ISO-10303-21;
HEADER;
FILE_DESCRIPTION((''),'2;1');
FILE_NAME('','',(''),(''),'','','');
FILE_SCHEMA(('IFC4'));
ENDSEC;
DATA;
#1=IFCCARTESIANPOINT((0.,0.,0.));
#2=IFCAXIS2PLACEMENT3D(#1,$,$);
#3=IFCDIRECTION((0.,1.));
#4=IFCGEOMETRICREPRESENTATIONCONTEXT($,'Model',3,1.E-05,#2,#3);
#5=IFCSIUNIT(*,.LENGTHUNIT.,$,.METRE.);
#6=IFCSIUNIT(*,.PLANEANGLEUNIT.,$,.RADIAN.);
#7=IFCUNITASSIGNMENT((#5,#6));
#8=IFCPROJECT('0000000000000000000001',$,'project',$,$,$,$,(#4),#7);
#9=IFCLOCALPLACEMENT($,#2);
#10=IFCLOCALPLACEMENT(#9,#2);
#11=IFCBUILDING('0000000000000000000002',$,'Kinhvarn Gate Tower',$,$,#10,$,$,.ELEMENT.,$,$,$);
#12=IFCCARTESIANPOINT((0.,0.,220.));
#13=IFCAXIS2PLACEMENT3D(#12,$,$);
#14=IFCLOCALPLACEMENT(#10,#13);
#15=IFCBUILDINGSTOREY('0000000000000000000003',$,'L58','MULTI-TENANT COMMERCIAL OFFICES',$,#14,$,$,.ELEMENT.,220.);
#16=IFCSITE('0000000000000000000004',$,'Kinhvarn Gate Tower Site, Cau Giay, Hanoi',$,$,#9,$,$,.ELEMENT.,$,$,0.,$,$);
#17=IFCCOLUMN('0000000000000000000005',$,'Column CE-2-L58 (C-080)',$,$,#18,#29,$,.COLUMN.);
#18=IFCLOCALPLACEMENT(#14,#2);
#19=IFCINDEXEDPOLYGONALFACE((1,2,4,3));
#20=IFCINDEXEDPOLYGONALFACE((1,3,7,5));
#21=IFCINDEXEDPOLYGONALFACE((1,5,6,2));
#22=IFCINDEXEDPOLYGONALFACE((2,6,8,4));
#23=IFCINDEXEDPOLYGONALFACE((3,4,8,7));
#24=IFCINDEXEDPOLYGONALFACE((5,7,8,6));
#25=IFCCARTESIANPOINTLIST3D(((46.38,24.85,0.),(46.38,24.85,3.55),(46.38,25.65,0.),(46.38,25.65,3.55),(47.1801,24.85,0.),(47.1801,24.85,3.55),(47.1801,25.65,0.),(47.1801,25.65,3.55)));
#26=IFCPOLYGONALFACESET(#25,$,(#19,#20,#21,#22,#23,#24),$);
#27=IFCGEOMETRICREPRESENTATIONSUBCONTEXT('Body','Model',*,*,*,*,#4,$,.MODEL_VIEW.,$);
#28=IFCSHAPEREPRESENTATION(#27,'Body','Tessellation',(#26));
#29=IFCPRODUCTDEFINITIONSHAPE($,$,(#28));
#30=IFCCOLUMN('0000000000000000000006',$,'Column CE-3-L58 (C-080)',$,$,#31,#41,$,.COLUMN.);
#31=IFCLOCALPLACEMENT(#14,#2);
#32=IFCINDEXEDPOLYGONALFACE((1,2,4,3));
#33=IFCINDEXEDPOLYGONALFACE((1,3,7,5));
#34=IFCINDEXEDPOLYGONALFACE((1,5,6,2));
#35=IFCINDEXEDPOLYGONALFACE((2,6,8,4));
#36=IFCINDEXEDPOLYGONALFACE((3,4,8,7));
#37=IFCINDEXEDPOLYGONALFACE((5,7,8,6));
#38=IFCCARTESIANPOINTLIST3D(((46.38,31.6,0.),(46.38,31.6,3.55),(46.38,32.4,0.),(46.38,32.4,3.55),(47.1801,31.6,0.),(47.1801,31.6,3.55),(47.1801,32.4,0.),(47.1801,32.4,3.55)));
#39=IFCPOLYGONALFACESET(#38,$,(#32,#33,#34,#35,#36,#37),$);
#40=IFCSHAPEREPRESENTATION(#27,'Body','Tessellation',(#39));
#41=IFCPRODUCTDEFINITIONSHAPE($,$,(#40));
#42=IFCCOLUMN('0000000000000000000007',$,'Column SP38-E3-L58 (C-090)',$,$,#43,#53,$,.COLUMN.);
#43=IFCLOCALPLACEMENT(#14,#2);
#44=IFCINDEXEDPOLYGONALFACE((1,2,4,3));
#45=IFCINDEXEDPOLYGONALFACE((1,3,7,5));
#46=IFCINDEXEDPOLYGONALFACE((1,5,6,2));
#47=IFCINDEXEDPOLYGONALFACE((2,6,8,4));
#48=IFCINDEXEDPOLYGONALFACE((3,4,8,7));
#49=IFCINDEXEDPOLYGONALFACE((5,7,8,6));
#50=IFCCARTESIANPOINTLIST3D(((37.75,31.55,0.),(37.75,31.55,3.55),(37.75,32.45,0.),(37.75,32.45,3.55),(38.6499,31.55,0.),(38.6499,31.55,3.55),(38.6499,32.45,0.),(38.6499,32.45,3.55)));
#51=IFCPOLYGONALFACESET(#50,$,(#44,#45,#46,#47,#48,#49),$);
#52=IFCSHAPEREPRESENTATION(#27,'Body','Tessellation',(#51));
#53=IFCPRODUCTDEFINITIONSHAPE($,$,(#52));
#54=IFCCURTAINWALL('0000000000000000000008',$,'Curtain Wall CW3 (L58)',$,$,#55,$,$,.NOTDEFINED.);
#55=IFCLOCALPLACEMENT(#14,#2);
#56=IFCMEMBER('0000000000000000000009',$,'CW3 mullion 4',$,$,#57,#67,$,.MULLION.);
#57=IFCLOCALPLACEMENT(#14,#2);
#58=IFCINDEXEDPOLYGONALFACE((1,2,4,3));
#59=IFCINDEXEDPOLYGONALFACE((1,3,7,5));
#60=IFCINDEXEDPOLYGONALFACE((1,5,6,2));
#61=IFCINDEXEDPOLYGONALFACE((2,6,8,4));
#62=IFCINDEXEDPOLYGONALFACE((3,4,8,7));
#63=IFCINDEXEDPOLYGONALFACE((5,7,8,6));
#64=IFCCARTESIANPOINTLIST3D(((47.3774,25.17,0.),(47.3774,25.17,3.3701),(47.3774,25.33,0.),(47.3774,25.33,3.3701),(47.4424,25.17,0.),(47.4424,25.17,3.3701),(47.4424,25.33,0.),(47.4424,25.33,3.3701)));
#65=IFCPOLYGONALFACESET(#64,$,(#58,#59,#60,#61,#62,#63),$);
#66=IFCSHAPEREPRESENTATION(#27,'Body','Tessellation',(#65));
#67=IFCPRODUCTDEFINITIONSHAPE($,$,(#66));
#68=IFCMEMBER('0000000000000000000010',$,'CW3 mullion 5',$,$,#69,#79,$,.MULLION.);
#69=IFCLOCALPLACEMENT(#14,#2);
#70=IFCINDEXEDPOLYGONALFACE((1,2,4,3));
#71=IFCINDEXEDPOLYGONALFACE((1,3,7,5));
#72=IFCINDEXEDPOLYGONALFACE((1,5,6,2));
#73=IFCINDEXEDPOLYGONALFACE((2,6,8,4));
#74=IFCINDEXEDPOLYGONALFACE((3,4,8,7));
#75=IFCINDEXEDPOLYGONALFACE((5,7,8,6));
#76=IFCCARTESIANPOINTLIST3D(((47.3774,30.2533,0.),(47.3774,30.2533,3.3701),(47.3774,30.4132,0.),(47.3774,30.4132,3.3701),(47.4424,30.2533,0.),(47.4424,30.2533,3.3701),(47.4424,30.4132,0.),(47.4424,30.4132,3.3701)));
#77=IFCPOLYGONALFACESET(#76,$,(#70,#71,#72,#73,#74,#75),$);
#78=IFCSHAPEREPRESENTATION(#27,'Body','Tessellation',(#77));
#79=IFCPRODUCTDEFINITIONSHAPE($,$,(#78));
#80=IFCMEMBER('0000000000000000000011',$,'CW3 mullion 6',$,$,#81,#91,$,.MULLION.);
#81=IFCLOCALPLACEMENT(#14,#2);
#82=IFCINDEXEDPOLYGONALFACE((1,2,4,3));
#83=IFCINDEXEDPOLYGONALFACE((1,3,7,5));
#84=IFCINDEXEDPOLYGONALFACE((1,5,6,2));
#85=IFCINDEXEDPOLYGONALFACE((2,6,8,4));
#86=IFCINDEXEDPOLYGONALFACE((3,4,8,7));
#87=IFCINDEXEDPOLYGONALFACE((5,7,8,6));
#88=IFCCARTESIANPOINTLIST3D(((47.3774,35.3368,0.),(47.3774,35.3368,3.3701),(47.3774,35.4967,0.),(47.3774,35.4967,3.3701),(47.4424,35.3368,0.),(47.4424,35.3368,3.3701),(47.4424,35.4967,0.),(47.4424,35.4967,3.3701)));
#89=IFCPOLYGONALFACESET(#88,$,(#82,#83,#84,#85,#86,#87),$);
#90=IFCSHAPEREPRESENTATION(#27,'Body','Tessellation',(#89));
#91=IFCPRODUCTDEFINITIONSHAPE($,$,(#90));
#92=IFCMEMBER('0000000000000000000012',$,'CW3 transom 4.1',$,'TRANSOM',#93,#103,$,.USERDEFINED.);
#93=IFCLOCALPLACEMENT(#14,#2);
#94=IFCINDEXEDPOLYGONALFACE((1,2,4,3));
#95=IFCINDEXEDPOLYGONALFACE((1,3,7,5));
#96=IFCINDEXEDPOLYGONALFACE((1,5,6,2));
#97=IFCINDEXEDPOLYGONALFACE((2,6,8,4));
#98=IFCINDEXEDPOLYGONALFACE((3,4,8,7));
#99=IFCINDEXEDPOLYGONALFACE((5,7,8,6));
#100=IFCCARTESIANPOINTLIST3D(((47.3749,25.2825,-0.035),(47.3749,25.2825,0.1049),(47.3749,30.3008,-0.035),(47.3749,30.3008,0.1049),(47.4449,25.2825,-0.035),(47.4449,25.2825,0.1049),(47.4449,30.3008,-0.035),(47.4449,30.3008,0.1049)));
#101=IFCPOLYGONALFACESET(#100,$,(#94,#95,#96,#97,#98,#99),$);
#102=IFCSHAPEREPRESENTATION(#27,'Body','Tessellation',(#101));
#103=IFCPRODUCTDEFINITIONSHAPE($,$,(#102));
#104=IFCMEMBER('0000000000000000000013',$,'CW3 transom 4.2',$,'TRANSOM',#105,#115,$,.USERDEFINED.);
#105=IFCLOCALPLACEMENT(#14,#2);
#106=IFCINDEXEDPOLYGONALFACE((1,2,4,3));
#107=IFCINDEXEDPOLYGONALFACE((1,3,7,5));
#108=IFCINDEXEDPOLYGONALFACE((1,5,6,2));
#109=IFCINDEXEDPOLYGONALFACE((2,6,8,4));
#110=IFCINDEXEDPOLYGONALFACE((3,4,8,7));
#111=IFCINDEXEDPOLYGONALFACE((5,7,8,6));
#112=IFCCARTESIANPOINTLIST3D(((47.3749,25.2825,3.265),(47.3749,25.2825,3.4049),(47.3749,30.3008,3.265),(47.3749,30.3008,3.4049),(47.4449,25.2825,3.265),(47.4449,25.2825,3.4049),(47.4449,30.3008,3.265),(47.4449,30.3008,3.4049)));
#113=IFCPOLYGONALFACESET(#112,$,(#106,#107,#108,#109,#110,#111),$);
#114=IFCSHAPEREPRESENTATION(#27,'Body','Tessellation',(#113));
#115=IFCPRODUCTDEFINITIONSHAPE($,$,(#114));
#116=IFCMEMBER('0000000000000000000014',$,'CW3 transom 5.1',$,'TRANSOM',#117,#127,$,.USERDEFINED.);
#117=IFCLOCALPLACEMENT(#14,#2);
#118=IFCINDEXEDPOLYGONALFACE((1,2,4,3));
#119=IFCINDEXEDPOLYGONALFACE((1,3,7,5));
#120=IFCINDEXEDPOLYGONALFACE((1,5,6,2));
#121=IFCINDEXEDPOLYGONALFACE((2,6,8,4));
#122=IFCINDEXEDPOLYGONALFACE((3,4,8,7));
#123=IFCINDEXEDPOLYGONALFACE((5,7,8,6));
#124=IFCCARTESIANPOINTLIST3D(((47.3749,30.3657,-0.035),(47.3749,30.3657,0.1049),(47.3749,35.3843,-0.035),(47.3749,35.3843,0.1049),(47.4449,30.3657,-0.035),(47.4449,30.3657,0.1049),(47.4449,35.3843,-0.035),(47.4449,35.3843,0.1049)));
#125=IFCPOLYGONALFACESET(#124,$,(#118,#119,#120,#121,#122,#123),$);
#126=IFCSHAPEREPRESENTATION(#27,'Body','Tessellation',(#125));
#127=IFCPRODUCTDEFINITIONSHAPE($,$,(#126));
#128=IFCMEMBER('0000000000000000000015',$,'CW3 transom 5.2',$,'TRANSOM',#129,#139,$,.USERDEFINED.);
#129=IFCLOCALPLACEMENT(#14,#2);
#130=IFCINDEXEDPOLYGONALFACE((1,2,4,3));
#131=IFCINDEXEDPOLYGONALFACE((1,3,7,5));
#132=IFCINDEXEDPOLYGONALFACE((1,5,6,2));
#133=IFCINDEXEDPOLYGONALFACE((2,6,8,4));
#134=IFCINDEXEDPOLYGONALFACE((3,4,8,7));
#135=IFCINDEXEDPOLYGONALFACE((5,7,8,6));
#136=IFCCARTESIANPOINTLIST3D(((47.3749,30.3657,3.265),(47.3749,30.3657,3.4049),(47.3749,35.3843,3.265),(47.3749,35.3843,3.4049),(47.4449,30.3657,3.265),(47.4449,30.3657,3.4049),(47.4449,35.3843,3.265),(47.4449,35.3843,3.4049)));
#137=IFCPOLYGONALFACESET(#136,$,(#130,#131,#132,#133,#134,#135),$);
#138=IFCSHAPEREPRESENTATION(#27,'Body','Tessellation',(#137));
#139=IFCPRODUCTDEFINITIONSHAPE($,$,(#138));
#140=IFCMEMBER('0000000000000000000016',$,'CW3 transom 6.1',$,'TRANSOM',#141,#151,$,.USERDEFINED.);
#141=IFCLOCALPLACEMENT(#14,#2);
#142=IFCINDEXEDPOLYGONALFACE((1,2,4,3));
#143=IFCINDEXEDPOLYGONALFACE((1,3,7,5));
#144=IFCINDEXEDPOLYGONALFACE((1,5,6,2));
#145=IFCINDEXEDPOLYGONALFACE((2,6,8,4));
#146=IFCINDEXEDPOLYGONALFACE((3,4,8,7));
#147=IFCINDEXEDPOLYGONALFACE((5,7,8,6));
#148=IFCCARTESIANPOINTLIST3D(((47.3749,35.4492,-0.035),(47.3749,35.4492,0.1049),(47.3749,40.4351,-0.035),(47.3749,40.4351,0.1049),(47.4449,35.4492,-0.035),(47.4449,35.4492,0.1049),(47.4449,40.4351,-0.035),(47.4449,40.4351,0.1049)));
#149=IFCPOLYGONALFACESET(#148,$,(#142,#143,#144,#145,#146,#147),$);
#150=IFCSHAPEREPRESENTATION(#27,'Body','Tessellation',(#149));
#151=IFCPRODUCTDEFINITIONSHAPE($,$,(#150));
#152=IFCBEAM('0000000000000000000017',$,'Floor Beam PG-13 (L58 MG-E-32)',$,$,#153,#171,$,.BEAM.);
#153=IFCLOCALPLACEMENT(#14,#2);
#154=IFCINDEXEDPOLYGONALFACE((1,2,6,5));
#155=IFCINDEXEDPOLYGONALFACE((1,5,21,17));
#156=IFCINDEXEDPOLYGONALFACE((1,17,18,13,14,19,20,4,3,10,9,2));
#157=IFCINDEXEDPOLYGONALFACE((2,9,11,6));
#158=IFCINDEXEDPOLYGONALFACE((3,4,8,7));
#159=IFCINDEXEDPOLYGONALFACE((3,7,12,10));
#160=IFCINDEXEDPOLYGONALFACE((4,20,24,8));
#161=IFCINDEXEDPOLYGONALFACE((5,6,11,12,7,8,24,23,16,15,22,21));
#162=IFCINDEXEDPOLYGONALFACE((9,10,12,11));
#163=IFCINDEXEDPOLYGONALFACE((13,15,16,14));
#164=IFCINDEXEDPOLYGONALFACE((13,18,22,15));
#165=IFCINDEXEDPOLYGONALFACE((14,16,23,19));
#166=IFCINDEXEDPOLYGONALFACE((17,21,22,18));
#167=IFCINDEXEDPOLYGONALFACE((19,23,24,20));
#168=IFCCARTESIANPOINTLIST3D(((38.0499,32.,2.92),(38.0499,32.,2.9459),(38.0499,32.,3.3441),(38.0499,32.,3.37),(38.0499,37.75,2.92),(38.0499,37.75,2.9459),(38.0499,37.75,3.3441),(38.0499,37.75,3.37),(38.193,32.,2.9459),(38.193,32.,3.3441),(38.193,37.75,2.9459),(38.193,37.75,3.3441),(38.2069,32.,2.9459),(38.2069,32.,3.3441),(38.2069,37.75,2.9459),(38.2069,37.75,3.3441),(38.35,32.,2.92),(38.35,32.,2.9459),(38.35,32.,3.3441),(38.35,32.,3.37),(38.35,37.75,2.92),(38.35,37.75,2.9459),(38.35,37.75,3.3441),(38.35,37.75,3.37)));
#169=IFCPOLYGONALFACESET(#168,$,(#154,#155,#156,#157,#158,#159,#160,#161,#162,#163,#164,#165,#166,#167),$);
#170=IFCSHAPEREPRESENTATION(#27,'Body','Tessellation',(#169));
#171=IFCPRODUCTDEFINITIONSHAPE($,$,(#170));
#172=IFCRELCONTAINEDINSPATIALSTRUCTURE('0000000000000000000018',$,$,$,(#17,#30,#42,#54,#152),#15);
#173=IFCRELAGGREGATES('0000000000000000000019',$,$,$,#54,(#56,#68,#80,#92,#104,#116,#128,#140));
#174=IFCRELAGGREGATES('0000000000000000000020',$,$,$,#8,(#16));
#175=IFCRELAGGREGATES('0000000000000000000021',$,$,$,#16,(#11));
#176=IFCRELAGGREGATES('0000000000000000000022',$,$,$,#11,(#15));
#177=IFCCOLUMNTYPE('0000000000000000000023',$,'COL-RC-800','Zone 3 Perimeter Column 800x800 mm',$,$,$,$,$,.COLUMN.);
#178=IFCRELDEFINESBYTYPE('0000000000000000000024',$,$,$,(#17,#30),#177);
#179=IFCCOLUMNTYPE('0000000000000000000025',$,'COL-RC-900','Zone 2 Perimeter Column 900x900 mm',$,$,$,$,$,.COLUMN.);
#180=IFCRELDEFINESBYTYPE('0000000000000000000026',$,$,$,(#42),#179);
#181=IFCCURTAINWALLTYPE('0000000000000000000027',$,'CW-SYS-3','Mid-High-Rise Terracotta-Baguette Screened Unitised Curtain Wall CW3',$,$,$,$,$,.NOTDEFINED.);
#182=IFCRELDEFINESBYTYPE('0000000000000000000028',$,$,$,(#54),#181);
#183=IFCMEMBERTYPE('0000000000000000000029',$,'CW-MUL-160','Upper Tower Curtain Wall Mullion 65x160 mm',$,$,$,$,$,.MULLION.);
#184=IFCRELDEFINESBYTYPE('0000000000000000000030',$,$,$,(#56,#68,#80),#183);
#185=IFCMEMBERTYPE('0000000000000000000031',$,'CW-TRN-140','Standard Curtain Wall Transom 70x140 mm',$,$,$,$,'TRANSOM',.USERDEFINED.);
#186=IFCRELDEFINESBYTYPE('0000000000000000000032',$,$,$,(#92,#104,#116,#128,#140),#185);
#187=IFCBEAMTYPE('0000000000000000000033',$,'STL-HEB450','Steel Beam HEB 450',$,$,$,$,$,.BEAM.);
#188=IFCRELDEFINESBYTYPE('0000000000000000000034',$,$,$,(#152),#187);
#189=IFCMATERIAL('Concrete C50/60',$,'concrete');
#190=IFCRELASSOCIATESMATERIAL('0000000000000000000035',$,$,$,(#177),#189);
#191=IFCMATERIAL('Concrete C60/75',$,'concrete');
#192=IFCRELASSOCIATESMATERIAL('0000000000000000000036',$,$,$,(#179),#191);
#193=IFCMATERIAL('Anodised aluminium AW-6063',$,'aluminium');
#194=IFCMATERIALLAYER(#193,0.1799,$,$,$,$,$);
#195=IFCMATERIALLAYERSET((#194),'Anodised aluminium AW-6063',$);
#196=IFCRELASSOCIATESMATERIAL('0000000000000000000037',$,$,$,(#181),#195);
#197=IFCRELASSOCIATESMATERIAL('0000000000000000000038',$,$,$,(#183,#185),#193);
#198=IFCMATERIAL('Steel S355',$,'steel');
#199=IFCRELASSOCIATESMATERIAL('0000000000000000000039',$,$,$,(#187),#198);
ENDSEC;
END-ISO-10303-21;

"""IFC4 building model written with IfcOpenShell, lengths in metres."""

from ifc_helpers import new_model, si_unit, direction, frame, origin, origin_2d, place, context, subcontext, project, spatial, rectangle, i_section, extrude, material, layer, layer_set, material_profile, profile_set, type_object, element, aggregate, save


model = new_model("IFC4")

# Units and contexts
model_context = context("Model", 3, precision=1e-05, world=origin(), true_north=direction((0.0, 1.0)))
body_context = subcontext(model_context, "Body", "Model", "MODEL_VIEW")
ifc_project = project(units=[si_unit("LENGTHUNIT", "METRE"), si_unit("PLANEANGLEUNIT", "RADIAN")], contexts=[model_context])

# Site, building, storey
site_placement = place(None, origin())
site = spatial("IfcSite", under=ifc_project, at=site_placement, Name="Kinhvarn Gate Tower Site, Cau Giay, Hanoi", CompositionType="ELEMENT", RefElevation=0.0)
building_placement = place(site_placement, origin())
building = spatial("IfcBuilding", under=site, at=building_placement, Name="Kinhvarn Gate Tower", CompositionType="ELEMENT")
storey_placement = place(building_placement, frame((0.0, 0.0, 220.0)))
storey = spatial("IfcBuildingStorey", under=building, at=storey_placement, Name="L58", Description="MULTI-TENANT COMMERCIAL OFFICES", CompositionType="ELEMENT", Elevation=220.0)

# Columns
ifc_material_1 = material(Name="Concrete C50/60", Category="concrete")
ifc_material_profile_1 = material_profile(ifc_material_1, rectangle(XDim=0.8, YDim=0.8, at=origin_2d()), Name="RC 800x800")
ifc_profile_set_1 = profile_set([ifc_material_profile_1], Name="Concrete C50/60")
column_type_1 = type_object("IfcColumnType", Name="COL-RC-800", Description="Zone 3 Perimeter Column 800x800 mm", PredefinedType="COLUMN", material=ifc_profile_set_1)
for number, where, z_axis, x_axis, name in (
    (1, (46.78, 25.25, 0.0), (0.0, 0.0, 1.0), (1.0, 0.0, 0.0), "Column CE-2-L58 (C-080)"),
    (2, (46.78, 32.0, 0.0), (0.0, 0.0, 1.0), (1.0, 0.0, 0.0), "Column CE-3-L58 (C-080)"),
):
    element("IfcColumn", number, at=place(storey_placement, frame(where, z_axis=z_axis, x_axis=x_axis)), inside=storey, type_object=column_type_1, Name=name, PredefinedType="COLUMN", context=body_context, shape_type="SweptSolid", body=[
        extrude(rectangle(XDim=0.8, YDim=0.8, at=origin_2d()), origin(), (0.0, 0.0, 1.0), 3.55),
    ])
ifc_material_2 = material(Name="Concrete C60/75", Category="concrete")
ifc_material_profile_2 = material_profile(ifc_material_2, rectangle(XDim=0.8999, YDim=0.8999, at=origin_2d()), Name="RC 900x900")
ifc_profile_set_2 = profile_set([ifc_material_profile_2], Name="Concrete C60/75")
column_type_2 = type_object("IfcColumnType", Name="COL-RC-900", Description="Zone 2 Perimeter Column 900x900 mm", PredefinedType="COLUMN", material=ifc_profile_set_2)
column_placement = place(storey_placement, frame((38.2, 32.0, 0.0), z_axis=(0.0, 0.0, 1.0), x_axis=(1.0, 0.0, 0.0)))
element("IfcColumn", 3, at=column_placement, inside=storey, type_object=column_type_2, Name="Column SP38-E3-L58 (C-090)", PredefinedType="COLUMN", context=body_context, shape_type="SweptSolid", body=[
    extrude(rectangle(XDim=0.8999, YDim=0.8999, at=origin_2d()), origin(), (0.0, 0.0, 1.0), 3.55),
])

# Curtain wall, members
ifc_material_3 = material(Name="Anodised aluminium AW-6063", Category="aluminium")
ifc_layer_1 = layer(ifc_material_3, 0.1799)
ifc_layer_set_1 = layer_set([ifc_layer_1], Name="Anodised aluminium AW-6063")
curtain_wall_type = type_object("IfcCurtainWallType", Name="CW-SYS-3", Description="Mid-High-Rise Terracotta-Baguette Screened Unitised Curtain Wall CW3", PredefinedType="NOTDEFINED", material=ifc_layer_set_1)
curtain_wall_placement = place(storey_placement, origin())
curtain_wall = element("IfcCurtainWall", 4, at=curtain_wall_placement, inside=storey, type_object=curtain_wall_type, Name="Curtain Wall CW3 (L58)", PredefinedType="NOTDEFINED")
ifc_material_profile_3 = material_profile(ifc_material_3, rectangle(XDim=0.0649, YDim=0.1599, at=origin_2d()), Name="ALU 65x160")
ifc_profile_set_3 = profile_set([ifc_material_profile_3], Name="Anodised aluminium AW-6063")
member_type_1 = type_object("IfcMemberType", Name="CW-MUL-160", Description="Upper Tower Curtain Wall Mullion 65x160 mm", PredefinedType="MULLION", material=ifc_profile_set_3)
member_1_placement = place(storey_placement, frame((47.4099, 25.25, 0.0), z_axis=(0.0, 0.0, 1.0), x_axis=(-1.0, 0.0, 0.0)))
member_1 = element("IfcMember", 5, at=member_1_placement, type_object=member_type_1, Name="CW3 mullion 4", PredefinedType="MULLION", context=body_context, shape_type="SweptSolid", body=[
    extrude(rectangle(XDim=0.0649, YDim=0.1599, at=origin_2d()), origin(), (0.0, 0.0, 1.0), 3.3701),
])
member_2_placement = place(storey_placement, frame((47.4099, 30.3333, 0.0), z_axis=(0.0, 0.0, 1.0), x_axis=(-1.0, 0.0, 0.0)))
member_2 = element("IfcMember", 6, at=member_2_placement, type_object=member_type_1, Name="CW3 mullion 5", PredefinedType="MULLION", context=body_context, shape_type="SweptSolid", body=[
    extrude(rectangle(XDim=0.0649, YDim=0.1599, at=origin_2d()), origin(), (0.0, 0.0, 1.0), 3.3701),
])
member_3_placement = place(storey_placement, frame((47.4099, 35.4167, 0.0), z_axis=(0.0, 0.0, 1.0), x_axis=(-1.0, 0.0, 0.0)))
member_3 = element("IfcMember", 7, at=member_3_placement, type_object=member_type_1, Name="CW3 mullion 6", PredefinedType="MULLION", context=body_context, shape_type="SweptSolid", body=[
    extrude(rectangle(XDim=0.0649, YDim=0.1599, at=origin_2d()), origin(), (0.0, 0.0, 1.0), 3.3701),
])
ifc_material_profile_4 = material_profile(ifc_material_3, rectangle(XDim=0.0701, YDim=0.1399, at=origin_2d()), Name="ALU 70x140")
ifc_profile_set_4 = profile_set([ifc_material_profile_4], Name="Anodised aluminium AW-6063")
member_type_2 = type_object("IfcMemberType", Name="CW-TRN-140", Description="Standard Curtain Wall Transom 70x140 mm", ElementType="TRANSOM", PredefinedType="USERDEFINED", material=ifc_profile_set_4)
member_4_placement = place(storey_placement, frame((47.4099, 25.2825, 0.0349), z_axis=(0.0, 1.0, 0.0), x_axis=(-1.0, 0.0, 0.0)))
member_4 = element("IfcMember", 8, at=member_4_placement, type_object=member_type_2, Name="CW3 transom 4.1", ObjectType="TRANSOM", PredefinedType="USERDEFINED", context=body_context, shape_type="SweptSolid", body=[
    extrude(rectangle(XDim=0.0701, YDim=0.1399, at=origin_2d()), origin(), (0.0, 0.0, 1.0), 5.0183),
])
member_5_placement = place(storey_placement, frame((47.4099, 25.2825, 3.335), z_axis=(0.0, 1.0, 0.0), x_axis=(-1.0, 0.0, 0.0)))
member_5 = element("IfcMember", 9, at=member_5_placement, type_object=member_type_2, Name="CW3 transom 4.2", ObjectType="TRANSOM", PredefinedType="USERDEFINED", context=body_context, shape_type="SweptSolid", body=[
    extrude(rectangle(XDim=0.0701, YDim=0.1399, at=origin_2d()), origin(), (0.0, 0.0, 1.0), 5.0183),
])
member_6_placement = place(storey_placement, frame((47.4099, 30.3657, 0.0349), z_axis=(0.0, 1.0, 0.0), x_axis=(-1.0, 0.0, 0.0)))
member_6 = element("IfcMember", 10, at=member_6_placement, type_object=member_type_2, Name="CW3 transom 5.1", ObjectType="TRANSOM", PredefinedType="USERDEFINED", context=body_context, shape_type="SweptSolid", body=[
    extrude(rectangle(XDim=0.0701, YDim=0.1399, at=origin_2d()), origin(), (0.0, 0.0, 1.0), 5.0186),
])
member_7_placement = place(storey_placement, frame((47.4099, 30.3657, 3.335), z_axis=(0.0, 1.0, 0.0), x_axis=(-1.0, 0.0, 0.0)))
member_7 = element("IfcMember", 11, at=member_7_placement, type_object=member_type_2, Name="CW3 transom 5.2", ObjectType="TRANSOM", PredefinedType="USERDEFINED", context=body_context, shape_type="SweptSolid", body=[
    extrude(rectangle(XDim=0.0701, YDim=0.1399, at=origin_2d()), origin(), (0.0, 0.0, 1.0), 5.0186),
])
member_8_placement = place(storey_placement, frame((47.4099, 35.4492, 0.0349), z_axis=(0.0, 1.0, 0.0), x_axis=(-1.0, 0.0, 0.0)))
member_8 = element("IfcMember", 12, at=member_8_placement, type_object=member_type_2, Name="CW3 transom 6.1", ObjectType="TRANSOM", PredefinedType="USERDEFINED", context=body_context, shape_type="SweptSolid", body=[
    extrude(rectangle(XDim=0.0701, YDim=0.1399, at=origin_2d()), origin(), (0.0, 0.0, 1.0), 4.9858),
])

# Beam
ifc_material_4 = material(Name="Steel S355", Category="steel")
ifc_material_profile_5 = material_profile(ifc_material_4, i_section(OverallWidth=0.3, OverallDepth=0.45, WebThickness=0.0139, FlangeThickness=0.0259, at=origin_2d()), Name="HEB 450")
ifc_profile_set_5 = profile_set([ifc_material_profile_5], Name="Steel S355")
beam_type_1 = type_object("IfcBeamType", Name="STL-HEB450", Description="Steel Beam HEB 450", PredefinedType="BEAM", material=ifc_profile_set_5)
beam_1_placement = place(storey_placement, frame((38.2, 32.0, 3.145), z_axis=(0.0, 1.0, 0.0), x_axis=(-1.0, 0.0, 0.0)))
element("IfcBeam", 13, at=beam_1_placement, inside=storey, type_object=beam_type_1, Name="Floor Beam PG-13 (L58 MG-E-32)", PredefinedType="BEAM", context=body_context, shape_type="SweptSolid", body=[
    extrude(i_section(OverallWidth=0.3, OverallDepth=0.45, WebThickness=0.0139, FlangeThickness=0.0259, at=origin_2d()), origin(), (0.0, 0.0, 1.0), 5.75),
])

aggregate(curtain_wall, [member_1, member_2, member_3, member_4, member_5, member_6, member_7, member_8])

save(model, "model.ifc")
